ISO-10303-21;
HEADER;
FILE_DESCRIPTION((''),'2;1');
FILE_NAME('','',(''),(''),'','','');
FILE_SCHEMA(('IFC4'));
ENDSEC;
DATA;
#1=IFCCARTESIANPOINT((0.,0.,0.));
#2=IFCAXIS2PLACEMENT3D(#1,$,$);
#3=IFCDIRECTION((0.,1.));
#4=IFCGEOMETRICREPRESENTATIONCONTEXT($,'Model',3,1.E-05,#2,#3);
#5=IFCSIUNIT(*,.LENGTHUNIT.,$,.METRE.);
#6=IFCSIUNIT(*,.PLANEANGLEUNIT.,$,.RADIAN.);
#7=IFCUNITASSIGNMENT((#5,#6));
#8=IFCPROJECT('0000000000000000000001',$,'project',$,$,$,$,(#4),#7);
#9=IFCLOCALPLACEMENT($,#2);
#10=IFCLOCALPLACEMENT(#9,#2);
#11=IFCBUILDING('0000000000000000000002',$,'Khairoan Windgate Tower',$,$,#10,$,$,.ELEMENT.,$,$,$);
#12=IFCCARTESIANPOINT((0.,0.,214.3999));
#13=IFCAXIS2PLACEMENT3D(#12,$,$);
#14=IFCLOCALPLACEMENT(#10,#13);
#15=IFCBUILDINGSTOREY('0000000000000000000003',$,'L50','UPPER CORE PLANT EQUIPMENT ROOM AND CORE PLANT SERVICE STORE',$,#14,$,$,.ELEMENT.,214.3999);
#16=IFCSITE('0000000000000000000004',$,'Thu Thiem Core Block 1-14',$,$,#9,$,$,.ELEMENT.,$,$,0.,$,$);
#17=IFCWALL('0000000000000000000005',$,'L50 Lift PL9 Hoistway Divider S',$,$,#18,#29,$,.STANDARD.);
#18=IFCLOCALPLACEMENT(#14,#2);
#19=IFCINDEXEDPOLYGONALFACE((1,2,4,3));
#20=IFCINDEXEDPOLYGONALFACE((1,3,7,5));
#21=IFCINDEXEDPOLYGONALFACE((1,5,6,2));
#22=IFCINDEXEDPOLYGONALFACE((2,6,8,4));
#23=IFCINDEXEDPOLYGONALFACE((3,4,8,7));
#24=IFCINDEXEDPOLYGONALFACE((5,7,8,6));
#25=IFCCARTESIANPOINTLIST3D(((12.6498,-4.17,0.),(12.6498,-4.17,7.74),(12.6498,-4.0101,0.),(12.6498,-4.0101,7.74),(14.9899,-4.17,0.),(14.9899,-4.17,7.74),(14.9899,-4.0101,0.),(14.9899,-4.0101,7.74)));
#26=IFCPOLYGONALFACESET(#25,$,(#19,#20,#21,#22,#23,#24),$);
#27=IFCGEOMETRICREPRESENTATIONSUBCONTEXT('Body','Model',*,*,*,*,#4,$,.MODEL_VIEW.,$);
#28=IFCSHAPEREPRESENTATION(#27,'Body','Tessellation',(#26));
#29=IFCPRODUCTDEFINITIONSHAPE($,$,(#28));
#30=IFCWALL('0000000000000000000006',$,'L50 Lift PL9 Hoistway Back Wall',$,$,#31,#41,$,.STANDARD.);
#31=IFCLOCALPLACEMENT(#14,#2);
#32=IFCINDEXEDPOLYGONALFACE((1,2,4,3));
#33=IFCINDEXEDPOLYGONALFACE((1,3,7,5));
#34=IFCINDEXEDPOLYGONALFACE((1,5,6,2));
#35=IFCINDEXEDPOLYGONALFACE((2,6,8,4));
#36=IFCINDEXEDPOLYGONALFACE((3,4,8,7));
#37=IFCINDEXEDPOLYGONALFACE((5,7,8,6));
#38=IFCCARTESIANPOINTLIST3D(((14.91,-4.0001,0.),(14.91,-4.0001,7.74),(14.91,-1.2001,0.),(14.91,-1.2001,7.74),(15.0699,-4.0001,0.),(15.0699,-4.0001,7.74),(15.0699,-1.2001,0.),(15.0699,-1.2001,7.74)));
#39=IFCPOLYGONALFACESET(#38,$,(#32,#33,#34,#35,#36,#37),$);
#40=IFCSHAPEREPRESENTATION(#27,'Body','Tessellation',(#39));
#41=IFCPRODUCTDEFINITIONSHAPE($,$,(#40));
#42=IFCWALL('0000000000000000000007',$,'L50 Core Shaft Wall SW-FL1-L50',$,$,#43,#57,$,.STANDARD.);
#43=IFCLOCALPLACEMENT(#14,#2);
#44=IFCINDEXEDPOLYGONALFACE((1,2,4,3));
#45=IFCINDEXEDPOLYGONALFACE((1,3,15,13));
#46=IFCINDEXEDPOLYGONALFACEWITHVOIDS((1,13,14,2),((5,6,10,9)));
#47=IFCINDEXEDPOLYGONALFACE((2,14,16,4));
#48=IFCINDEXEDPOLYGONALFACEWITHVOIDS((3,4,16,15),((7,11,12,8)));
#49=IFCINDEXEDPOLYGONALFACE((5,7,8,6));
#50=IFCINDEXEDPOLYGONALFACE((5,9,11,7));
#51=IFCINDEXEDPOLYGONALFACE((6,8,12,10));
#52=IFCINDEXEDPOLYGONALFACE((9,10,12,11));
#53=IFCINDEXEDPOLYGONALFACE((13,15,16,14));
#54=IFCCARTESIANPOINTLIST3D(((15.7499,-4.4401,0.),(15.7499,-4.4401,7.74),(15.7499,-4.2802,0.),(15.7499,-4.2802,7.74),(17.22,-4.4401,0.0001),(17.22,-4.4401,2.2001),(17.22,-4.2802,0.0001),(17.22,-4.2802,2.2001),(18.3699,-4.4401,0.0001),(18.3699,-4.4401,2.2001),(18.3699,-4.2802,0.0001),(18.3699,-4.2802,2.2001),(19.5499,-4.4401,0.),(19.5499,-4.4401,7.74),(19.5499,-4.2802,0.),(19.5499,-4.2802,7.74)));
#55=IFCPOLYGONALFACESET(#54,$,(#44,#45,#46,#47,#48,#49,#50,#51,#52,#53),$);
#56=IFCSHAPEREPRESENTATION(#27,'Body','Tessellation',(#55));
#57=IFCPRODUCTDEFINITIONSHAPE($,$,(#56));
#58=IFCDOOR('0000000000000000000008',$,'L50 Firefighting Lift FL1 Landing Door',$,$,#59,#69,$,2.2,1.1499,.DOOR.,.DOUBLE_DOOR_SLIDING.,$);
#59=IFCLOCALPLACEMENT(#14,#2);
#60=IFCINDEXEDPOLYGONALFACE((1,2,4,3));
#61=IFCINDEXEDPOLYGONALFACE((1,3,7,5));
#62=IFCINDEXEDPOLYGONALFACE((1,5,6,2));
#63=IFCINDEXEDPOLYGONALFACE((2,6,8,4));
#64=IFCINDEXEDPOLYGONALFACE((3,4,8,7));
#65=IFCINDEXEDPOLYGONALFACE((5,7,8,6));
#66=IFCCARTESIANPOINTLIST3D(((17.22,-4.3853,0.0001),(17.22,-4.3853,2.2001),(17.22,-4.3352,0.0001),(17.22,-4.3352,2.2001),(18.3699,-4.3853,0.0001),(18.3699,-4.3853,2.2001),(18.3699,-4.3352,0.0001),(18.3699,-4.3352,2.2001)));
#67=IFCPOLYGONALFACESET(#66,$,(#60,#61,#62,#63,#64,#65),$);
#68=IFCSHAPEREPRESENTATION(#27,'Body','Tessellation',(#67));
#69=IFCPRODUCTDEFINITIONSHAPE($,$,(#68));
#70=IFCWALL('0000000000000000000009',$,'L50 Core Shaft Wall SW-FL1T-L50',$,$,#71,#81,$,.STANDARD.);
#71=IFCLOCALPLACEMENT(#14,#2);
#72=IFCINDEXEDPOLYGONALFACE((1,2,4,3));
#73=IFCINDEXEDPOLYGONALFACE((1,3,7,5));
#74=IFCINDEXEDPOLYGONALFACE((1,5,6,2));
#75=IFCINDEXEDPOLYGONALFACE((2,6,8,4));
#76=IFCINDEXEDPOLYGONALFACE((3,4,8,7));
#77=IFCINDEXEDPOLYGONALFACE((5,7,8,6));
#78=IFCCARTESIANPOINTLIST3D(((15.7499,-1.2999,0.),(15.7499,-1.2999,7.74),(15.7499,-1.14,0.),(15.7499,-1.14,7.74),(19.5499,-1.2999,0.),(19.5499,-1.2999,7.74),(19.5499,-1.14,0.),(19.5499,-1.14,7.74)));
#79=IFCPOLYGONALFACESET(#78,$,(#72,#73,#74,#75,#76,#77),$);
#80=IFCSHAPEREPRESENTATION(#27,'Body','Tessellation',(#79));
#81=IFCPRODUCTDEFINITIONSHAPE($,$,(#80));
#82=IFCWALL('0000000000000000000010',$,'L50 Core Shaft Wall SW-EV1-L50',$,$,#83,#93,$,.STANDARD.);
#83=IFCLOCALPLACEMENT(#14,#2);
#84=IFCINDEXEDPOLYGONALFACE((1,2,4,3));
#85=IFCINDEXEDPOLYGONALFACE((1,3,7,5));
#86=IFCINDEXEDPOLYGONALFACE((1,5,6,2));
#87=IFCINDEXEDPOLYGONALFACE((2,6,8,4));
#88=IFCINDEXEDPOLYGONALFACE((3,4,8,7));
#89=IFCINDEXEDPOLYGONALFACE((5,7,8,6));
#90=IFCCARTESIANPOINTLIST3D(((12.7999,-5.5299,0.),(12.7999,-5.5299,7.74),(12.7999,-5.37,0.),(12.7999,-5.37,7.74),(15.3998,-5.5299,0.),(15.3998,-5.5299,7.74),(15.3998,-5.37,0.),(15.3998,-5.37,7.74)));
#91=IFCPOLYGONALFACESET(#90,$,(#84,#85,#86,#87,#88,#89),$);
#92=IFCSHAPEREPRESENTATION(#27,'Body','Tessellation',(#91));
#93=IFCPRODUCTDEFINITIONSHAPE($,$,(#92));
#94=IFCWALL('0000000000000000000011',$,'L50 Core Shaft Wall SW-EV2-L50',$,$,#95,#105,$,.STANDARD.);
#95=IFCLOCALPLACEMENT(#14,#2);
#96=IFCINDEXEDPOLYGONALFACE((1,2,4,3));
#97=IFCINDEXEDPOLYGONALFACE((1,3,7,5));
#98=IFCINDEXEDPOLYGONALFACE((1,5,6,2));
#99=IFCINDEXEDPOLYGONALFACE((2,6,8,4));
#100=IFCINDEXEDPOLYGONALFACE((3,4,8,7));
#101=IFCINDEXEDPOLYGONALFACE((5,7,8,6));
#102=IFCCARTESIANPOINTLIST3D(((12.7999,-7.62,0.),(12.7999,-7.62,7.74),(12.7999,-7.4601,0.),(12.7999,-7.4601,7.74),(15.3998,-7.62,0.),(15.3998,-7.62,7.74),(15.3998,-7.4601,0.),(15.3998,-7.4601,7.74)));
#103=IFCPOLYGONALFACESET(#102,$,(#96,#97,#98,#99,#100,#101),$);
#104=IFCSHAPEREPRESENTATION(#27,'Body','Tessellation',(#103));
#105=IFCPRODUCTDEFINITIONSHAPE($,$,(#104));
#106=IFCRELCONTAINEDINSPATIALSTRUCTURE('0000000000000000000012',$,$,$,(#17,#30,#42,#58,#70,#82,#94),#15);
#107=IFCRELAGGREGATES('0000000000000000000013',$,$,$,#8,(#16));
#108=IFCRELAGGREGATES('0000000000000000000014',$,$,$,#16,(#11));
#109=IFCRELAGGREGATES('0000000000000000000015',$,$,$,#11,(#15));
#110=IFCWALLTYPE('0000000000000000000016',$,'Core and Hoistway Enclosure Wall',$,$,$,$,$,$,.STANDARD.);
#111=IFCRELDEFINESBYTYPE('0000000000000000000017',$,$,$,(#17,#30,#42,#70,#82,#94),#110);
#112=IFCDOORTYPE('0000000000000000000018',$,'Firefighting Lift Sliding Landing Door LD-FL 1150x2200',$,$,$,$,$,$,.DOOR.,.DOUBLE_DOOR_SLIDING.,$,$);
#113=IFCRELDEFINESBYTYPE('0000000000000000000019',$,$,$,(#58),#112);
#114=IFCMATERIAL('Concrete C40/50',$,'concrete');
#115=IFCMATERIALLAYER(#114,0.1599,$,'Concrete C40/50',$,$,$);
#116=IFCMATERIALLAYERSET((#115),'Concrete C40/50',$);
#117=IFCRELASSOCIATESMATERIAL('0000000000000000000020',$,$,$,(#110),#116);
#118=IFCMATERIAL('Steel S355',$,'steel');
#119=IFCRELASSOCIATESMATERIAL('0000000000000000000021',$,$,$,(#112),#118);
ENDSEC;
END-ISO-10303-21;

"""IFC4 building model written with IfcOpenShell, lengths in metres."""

from ifc_helpers import new_model, si_unit, direction, frame, frame_2d, origin, place, context, subcontext, project, spatial, rectangle, extrude, material, layer, layer_set, type_object, element, fill, save


model = new_model("IFC4")

# Units and contexts
model_context = context("Model", 3, precision=1e-05, world=origin(), true_north=direction((0.0, 1.0)))
body_context = subcontext(model_context, "Body", "Model", "MODEL_VIEW")
ifc_project = project(units=[si_unit("LENGTHUNIT", "METRE"), si_unit("PLANEANGLEUNIT", "RADIAN")], contexts=[model_context])

# Site, building, storey
site_placement = place(None, origin())
site = spatial("IfcSite", under=ifc_project, at=site_placement, Name="Thu Thiem Core Block 1-14", CompositionType="ELEMENT", RefElevation=0.0)
building_placement = place(site_placement, origin())
building = spatial("IfcBuilding", under=site, at=building_placement, Name="Khairoan Windgate Tower", CompositionType="ELEMENT")
storey_placement = place(building_placement, frame((0.0, 0.0, 214.3999)))
storey = spatial("IfcBuildingStorey", under=building, at=storey_placement, Name="L50", Description="UPPER CORE PLANT EQUIPMENT ROOM AND CORE PLANT SERVICE STORE", CompositionType="ELEMENT", Elevation=214.3999)

# Walls
ifc_material_1 = material(Name="Concrete C40/50", Category="concrete")
ifc_layer_1 = layer(ifc_material_1, 0.1599, Name="Concrete C40/50")
ifc_layer_set_1 = layer_set([ifc_layer_1], Name="Concrete C40/50")
wall_type = type_object("IfcWallType", Name="Core and Hoistway Enclosure Wall", PredefinedType="STANDARD", material=ifc_layer_set_1)
wall_1_placement = place(storey_placement, frame((12.6499, -4.0901, 0.0), z_axis=(0.0, 0.0, 1.0), x_axis=(1.0, 0.0, 0.0)))
element("IfcWall", 1, at=wall_1_placement, inside=storey, type_object=wall_type, Name="L50 Lift PL9 Hoistway Divider S", PredefinedType="STANDARD", context=body_context, shape_type="SweptSolid", body=[
    extrude(rectangle(XDim=2.3401, YDim=0.1599, at=frame_2d((1.1699, 0.0))), origin(), (0.0, 0.0, 1.0), 7.74),
])
wall_2_placement = place(storey_placement, frame((14.99, -4.0, 0.0), z_axis=(0.0, 0.0, 1.0), x_axis=(0.0, 1.0, 0.0)))
element("IfcWall", 2, at=wall_2_placement, inside=storey, type_object=wall_type, Name="L50 Lift PL9 Hoistway Back Wall", PredefinedType="STANDARD", context=body_context, shape_type="SweptSolid", body=[
    extrude(rectangle(XDim=2.8, YDim=0.1599, at=frame_2d((1.3999, 0.0))), origin(), (0.0, 0.0, 1.0), 7.74),
])

# Wall, opening, door
wall_3_placement = place(storey_placement, frame((15.75, -4.3601, 0.0), z_axis=(0.0, 0.0, 1.0), x_axis=(1.0, 0.0, 0.0)))
wall_3 = element("IfcWall", 3, at=wall_3_placement, inside=storey, type_object=wall_type, Name="L50 Core Shaft Wall SW-FL1-L50", PredefinedType="STANDARD", context=body_context, shape_type="SweptSolid", body=[
    extrude(rectangle(XDim=3.8, YDim=0.1599, at=frame_2d((1.8999, 0.0))), origin(), (0.0, 0.0, 1.0), 7.74),
])
opening_placement = place(wall_3_placement, frame((1.47, 0.0, 0.0)))
opening = element("IfcOpeningElement", 4, at=opening_placement, cuts=wall_3, PredefinedType="OPENING", context=body_context, shape_type="SweptSolid", body=[
    extrude(rectangle(XDim=1.1499, YDim=2.2, at=frame_2d((0.575, 1.1001))), frame((0.0, 0.0898, 0.0), z_axis=(0.0, -1.0, 0.0), x_axis=(1.0, 0.0, 0.0)), (0.0, 0.0, 1.0), 0.1799),
])
ifc_material_2 = material(Name="Steel S355", Category="steel")
door_type = type_object("IfcDoorType", Name="Firefighting Lift Sliding Landing Door LD-FL 1150x2200", OperationType="DOUBLE_DOOR_SLIDING", PredefinedType="DOOR", material=ifc_material_2)
door_placement = place(opening_placement, origin())
door = element("IfcDoor", 5, at=door_placement, inside=storey, type_object=door_type, Name="L50 Firefighting Lift FL1 Landing Door", OperationType="DOUBLE_DOOR_SLIDING", OverallHeight=2.2, OverallWidth=1.1499, PredefinedType="DOOR", context=body_context, shape_type="SweptSolid", body=[
    extrude(rectangle(XDim=1.1499, YDim=2.2, at=frame_2d((0.575, 1.1001))), frame((0.0, 0.0249, 0.0), z_axis=(0.0, -1.0, 0.0), x_axis=(1.0, 0.0, 0.0)), (0.0, 0.0, 1.0), 0.05),
])
fill(opening, door)

# Walls
wall_4_placement = place(storey_placement, frame((15.75, -1.22, 0.0), z_axis=(0.0, 0.0, 1.0), x_axis=(1.0, 0.0, 0.0)))
element("IfcWall", 6, at=wall_4_placement, inside=storey, type_object=wall_type, Name="L50 Core Shaft Wall SW-FL1T-L50", PredefinedType="STANDARD", context=body_context, shape_type="SweptSolid", body=[
    extrude(rectangle(XDim=3.8, YDim=0.1599, at=frame_2d((1.8999, 0.0))), origin(), (0.0, 0.0, 1.0), 7.74),
])
for number, where, z_axis, x_axis, name in (
    (7, (12.8, -5.45, 0.0), (0.0, 0.0, 1.0), (1.0, 0.0, 0.0), "L50 Core Shaft Wall SW-EV1-L50"),
    (8, (12.8, -7.54, 0.0), (0.0, 0.0, 1.0), (1.0, 0.0, 0.0), "L50 Core Shaft Wall SW-EV2-L50"),
):
    element("IfcWall", number, at=place(storey_placement, frame(where, z_axis=z_axis, x_axis=x_axis)), inside=storey, type_object=wall_type, Name=name, PredefinedType="STANDARD", context=body_context, shape_type="SweptSolid", body=[
        extrude(rectangle(XDim=2.5999, YDim=0.1599, at=frame_2d((1.2998, 0.0))), origin(), (0.0, 0.0, 1.0), 7.74),
    ])

save(model, "model.ifc")
